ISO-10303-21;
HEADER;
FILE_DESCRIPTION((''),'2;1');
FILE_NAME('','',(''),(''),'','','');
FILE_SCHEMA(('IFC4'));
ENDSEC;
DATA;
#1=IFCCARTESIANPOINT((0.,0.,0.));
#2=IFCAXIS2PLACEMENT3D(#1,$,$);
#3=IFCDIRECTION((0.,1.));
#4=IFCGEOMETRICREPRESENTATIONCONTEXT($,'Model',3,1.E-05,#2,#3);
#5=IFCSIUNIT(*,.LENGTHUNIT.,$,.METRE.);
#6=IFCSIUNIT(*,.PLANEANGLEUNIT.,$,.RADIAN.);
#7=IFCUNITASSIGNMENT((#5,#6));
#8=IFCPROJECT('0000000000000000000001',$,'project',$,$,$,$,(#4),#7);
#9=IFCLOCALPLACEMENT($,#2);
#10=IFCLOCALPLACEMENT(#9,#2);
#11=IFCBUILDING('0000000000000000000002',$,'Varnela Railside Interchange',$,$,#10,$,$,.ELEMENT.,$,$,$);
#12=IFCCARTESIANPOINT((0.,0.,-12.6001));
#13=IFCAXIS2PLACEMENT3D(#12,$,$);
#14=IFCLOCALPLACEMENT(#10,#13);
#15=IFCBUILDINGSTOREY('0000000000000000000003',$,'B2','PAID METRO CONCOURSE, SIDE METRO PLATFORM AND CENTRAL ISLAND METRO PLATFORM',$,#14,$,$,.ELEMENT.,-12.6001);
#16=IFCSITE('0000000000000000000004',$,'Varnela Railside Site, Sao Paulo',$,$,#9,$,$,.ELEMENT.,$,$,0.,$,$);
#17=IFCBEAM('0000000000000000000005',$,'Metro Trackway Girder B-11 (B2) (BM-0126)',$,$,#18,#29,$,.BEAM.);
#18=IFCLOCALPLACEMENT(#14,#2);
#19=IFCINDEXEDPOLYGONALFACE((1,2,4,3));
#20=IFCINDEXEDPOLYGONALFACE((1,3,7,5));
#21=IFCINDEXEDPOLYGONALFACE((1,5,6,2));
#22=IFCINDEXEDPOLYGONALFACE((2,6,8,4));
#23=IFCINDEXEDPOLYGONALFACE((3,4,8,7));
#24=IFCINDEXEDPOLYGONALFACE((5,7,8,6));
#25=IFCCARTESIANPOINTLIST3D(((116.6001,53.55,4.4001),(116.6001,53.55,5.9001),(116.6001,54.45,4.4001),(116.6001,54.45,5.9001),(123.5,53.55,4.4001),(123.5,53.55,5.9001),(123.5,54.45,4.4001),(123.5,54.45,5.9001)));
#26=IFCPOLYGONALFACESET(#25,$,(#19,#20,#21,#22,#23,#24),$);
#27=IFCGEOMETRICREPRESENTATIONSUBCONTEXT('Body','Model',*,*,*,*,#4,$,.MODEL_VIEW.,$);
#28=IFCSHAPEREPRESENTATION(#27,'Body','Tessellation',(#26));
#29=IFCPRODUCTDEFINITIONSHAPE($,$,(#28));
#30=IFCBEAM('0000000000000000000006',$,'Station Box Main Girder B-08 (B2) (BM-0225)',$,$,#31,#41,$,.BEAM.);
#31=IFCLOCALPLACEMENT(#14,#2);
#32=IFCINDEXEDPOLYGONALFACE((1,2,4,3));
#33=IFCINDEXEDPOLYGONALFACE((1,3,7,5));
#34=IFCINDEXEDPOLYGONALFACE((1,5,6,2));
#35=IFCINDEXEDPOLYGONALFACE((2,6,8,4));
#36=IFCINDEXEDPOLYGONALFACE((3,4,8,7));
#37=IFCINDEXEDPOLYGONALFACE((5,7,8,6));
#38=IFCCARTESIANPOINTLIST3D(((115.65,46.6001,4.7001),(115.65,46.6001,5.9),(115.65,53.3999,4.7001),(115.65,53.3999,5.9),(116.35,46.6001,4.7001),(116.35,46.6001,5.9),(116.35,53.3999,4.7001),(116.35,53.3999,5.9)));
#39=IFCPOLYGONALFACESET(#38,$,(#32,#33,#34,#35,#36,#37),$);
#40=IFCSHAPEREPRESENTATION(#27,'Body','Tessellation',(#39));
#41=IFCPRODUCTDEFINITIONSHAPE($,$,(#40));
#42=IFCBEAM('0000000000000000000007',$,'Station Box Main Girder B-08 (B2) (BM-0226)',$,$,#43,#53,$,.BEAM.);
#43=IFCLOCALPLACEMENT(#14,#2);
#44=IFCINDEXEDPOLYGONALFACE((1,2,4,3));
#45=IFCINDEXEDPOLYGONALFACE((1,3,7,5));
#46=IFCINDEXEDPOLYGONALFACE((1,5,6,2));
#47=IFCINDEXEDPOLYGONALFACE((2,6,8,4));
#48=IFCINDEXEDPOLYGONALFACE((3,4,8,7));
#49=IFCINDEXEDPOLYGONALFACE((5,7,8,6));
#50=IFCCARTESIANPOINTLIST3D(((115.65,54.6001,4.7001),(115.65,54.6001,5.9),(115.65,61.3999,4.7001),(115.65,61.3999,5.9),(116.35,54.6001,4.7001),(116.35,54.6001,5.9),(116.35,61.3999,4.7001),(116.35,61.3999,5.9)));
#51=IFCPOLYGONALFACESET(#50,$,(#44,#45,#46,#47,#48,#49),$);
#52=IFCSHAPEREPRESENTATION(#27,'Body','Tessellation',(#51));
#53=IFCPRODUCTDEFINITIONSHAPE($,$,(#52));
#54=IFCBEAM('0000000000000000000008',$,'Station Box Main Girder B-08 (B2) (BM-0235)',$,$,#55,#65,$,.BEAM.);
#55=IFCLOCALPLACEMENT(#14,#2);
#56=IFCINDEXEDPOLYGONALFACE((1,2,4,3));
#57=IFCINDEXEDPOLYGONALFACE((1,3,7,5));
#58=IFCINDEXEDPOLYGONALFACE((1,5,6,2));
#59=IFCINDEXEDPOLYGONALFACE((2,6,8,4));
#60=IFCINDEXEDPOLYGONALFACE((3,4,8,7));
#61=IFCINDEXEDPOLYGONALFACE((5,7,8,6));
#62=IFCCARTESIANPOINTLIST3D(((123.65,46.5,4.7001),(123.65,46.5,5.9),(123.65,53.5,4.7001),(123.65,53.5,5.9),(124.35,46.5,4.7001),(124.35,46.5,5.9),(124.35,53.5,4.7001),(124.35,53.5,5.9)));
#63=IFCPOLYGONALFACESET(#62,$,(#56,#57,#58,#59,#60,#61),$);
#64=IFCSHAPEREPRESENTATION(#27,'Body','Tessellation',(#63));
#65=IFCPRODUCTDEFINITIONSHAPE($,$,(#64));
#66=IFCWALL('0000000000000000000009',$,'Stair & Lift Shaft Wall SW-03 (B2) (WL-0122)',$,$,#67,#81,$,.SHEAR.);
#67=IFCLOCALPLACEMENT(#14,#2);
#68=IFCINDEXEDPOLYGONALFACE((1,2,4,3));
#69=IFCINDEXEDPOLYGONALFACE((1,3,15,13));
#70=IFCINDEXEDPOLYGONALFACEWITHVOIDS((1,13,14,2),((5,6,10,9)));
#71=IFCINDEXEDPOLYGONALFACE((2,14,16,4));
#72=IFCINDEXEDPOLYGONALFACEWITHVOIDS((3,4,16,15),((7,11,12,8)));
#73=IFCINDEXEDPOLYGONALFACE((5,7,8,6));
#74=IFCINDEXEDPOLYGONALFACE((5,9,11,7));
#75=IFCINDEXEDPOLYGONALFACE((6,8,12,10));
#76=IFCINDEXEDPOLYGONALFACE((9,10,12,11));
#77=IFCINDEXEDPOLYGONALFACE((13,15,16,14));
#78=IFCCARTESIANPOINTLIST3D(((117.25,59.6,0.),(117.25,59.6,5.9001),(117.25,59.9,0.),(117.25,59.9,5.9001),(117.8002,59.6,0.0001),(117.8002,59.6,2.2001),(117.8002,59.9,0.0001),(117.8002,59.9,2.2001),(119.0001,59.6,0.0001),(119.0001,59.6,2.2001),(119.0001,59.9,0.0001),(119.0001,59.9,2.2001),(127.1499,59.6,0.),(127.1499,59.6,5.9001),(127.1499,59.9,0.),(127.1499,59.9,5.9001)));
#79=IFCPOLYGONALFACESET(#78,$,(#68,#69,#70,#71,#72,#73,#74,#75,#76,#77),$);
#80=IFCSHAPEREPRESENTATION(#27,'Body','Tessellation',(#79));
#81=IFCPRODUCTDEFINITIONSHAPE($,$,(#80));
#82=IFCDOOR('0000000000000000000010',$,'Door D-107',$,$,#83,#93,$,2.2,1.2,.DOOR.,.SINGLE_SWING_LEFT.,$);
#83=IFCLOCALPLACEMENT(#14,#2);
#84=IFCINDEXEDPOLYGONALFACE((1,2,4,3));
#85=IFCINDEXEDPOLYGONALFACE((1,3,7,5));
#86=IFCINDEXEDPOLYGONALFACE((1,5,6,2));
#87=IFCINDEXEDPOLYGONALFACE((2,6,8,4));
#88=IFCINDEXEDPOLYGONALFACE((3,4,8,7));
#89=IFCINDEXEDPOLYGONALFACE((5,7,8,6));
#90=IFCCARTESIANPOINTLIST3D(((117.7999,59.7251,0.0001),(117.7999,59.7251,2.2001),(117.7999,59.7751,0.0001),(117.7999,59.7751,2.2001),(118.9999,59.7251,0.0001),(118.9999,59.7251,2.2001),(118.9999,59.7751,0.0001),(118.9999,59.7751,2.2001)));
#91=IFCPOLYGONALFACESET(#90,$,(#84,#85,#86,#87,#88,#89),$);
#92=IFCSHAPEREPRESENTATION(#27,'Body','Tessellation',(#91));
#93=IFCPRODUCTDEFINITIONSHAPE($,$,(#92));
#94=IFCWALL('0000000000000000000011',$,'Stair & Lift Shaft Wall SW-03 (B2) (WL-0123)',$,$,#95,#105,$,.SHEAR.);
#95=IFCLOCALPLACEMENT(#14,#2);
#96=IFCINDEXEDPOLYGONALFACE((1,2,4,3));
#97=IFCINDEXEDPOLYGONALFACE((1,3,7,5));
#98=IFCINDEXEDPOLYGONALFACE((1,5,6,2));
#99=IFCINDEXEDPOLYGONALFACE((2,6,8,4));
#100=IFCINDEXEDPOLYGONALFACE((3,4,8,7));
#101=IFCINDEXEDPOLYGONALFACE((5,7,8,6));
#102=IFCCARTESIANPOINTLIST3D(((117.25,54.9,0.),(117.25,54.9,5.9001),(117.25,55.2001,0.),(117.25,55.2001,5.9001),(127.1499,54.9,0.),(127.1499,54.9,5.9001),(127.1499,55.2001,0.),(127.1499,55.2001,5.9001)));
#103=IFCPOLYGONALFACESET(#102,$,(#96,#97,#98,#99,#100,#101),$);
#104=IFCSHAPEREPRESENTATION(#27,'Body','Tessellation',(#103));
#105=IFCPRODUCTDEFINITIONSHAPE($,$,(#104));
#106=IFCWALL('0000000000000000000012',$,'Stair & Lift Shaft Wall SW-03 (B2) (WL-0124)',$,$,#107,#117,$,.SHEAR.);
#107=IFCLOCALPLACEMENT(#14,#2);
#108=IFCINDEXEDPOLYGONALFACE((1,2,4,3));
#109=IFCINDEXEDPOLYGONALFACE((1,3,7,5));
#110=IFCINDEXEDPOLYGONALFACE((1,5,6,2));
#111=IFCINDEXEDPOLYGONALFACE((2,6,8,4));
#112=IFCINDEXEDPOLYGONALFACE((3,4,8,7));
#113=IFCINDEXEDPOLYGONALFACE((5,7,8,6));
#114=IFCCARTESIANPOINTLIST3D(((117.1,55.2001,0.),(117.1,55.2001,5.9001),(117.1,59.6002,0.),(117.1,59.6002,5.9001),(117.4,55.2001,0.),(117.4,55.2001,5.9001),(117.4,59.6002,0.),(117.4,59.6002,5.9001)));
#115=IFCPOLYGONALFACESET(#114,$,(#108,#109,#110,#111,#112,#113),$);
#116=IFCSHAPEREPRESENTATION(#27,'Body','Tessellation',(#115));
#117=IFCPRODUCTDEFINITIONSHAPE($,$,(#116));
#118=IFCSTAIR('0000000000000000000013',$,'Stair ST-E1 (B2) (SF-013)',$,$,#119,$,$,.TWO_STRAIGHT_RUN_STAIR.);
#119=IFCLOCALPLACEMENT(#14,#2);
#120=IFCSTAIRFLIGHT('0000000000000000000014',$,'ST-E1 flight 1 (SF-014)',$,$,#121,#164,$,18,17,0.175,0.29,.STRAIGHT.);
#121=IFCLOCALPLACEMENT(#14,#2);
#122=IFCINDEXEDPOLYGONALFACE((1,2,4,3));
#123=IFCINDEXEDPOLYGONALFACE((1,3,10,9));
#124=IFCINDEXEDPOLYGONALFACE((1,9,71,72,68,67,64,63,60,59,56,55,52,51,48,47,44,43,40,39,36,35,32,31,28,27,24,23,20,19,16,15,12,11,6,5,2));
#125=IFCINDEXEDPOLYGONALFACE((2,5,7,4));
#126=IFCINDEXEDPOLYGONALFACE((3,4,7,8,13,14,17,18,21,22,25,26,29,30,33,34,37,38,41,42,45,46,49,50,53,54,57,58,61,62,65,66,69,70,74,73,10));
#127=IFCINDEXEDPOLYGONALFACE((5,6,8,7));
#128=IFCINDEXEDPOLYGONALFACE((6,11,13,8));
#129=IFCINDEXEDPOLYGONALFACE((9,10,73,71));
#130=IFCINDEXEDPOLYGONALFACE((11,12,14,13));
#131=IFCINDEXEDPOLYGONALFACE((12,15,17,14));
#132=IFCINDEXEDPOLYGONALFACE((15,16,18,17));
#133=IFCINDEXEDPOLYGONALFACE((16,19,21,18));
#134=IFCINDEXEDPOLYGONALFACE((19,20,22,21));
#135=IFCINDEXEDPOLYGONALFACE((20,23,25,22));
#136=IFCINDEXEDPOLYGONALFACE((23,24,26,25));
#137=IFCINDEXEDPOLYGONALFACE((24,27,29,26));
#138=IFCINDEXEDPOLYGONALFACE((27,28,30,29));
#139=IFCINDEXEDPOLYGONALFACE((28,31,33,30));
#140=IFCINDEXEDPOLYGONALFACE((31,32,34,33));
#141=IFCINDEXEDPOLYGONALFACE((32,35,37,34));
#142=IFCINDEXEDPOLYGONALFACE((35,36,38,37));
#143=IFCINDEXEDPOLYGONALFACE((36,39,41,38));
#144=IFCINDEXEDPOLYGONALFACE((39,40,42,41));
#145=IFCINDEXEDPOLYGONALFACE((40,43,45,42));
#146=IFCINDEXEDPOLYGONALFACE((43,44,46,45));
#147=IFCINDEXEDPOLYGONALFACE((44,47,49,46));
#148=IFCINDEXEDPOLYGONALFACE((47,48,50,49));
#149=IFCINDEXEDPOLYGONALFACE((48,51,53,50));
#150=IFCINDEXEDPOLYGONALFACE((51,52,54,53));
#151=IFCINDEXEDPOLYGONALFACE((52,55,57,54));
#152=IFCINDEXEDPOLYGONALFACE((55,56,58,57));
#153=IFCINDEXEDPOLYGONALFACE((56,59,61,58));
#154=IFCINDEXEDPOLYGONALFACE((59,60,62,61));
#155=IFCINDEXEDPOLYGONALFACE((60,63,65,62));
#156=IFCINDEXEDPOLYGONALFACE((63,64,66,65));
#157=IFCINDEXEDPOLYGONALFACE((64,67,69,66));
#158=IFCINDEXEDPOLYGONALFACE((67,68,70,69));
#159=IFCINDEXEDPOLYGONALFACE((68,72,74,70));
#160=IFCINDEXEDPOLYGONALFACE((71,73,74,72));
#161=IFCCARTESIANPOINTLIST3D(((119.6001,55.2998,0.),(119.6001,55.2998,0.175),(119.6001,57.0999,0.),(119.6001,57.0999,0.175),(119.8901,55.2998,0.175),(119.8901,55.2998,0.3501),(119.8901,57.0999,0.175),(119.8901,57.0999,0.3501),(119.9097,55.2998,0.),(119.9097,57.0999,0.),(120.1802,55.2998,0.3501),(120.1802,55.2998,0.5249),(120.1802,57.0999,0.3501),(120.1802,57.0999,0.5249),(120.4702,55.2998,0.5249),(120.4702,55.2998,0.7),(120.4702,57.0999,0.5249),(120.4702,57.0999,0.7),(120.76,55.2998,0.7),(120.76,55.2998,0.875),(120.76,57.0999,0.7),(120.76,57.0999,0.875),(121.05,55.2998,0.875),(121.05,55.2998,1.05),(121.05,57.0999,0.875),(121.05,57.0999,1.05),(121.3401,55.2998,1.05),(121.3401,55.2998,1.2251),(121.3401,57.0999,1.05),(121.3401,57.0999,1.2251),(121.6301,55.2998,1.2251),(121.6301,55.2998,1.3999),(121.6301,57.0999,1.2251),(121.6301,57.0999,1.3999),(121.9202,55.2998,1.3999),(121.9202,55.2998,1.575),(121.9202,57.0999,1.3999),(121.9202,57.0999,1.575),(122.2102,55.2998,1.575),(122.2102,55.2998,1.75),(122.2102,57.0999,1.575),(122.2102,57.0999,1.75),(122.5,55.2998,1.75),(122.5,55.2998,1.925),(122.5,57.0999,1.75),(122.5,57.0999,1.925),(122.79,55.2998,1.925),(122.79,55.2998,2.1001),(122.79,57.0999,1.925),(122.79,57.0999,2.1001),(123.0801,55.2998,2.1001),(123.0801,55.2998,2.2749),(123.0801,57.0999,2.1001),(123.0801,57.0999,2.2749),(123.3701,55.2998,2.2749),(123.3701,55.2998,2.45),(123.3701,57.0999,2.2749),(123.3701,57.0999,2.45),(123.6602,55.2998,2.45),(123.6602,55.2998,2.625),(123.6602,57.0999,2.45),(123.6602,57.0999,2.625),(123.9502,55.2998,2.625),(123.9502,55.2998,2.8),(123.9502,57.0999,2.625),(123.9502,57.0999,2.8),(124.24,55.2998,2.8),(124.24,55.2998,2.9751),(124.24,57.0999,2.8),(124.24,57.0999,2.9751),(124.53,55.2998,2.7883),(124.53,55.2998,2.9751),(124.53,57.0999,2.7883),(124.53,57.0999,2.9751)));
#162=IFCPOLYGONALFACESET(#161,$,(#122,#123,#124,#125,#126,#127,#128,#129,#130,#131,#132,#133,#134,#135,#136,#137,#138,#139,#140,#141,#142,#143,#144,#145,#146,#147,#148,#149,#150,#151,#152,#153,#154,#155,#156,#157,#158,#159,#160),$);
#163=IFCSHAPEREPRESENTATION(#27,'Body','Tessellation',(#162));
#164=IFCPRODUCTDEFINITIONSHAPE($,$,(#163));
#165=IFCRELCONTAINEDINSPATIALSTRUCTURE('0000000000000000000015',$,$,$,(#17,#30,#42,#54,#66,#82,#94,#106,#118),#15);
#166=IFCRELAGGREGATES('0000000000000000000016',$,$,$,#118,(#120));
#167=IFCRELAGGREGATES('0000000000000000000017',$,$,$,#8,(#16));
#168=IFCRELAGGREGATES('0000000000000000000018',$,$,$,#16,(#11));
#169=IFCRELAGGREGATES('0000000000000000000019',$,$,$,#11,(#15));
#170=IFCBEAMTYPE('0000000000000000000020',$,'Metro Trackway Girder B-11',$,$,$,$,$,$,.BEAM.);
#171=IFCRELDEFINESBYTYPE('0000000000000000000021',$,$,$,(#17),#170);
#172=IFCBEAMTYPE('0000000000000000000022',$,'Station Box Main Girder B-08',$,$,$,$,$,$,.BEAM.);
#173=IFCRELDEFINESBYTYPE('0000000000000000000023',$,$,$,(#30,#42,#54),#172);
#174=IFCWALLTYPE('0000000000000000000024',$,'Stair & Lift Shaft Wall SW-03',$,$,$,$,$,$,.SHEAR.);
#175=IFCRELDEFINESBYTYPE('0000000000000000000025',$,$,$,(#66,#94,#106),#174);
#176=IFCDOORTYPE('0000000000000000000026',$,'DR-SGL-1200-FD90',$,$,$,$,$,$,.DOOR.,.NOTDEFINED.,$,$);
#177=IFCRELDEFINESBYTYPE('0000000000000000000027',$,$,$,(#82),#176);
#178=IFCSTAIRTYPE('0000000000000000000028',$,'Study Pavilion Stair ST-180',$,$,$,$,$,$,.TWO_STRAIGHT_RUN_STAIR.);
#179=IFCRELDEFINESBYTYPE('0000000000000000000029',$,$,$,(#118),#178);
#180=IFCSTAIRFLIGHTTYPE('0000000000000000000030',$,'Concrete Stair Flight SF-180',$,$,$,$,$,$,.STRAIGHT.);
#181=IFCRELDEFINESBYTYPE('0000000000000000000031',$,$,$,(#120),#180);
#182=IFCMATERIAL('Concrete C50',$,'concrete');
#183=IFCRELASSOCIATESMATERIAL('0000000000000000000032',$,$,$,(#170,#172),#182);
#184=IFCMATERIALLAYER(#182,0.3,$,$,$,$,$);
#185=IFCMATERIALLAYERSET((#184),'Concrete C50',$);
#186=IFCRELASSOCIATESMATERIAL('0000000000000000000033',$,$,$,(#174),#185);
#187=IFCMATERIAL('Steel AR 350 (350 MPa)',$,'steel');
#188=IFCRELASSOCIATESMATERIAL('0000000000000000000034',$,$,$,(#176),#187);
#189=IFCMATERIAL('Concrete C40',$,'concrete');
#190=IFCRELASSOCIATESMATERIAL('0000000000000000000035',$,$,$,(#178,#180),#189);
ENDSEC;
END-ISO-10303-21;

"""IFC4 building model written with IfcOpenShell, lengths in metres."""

from ifc_helpers import new_model, si_unit, direction, frame, frame_2d, origin, origin_2d, place, context, subcontext, project, spatial, polyline, rectangle, outline, extrude, material, layer, layer_set, material_profile, profile_set, type_object, element, fill, aggregate, save


model = new_model("IFC4")

# Units and contexts
model_context = context("Model", 3, precision=1e-05, world=origin(), true_north=direction((0.0, 1.0)))
body_context = subcontext(model_context, "Body", "Model", "MODEL_VIEW")
ifc_project = project(units=[si_unit("LENGTHUNIT", "METRE"), si_unit("PLANEANGLEUNIT", "RADIAN")], contexts=[model_context])

# Site, building, storey
site_placement = place(None, origin())
site = spatial("IfcSite", under=ifc_project, at=site_placement, Name="Varnela Railside Site, Sao Paulo", CompositionType="ELEMENT", RefElevation=0.0)
building_placement = place(site_placement, origin())
building = spatial("IfcBuilding", under=site, at=building_placement, Name="Varnela Railside Interchange", CompositionType="ELEMENT")
storey_placement = place(building_placement, frame((0.0, 0.0, -12.6001)))
storey = spatial("IfcBuildingStorey", under=building, at=storey_placement, Name="B2", Description="PAID METRO CONCOURSE, SIDE METRO PLATFORM AND CENTRAL ISLAND METRO PLATFORM", CompositionType="ELEMENT", Elevation=-12.6001)

# Shared definitions
ifc_material_1 = material(Name="Concrete C40", Category="concrete")

# Shared definitions
ifc_material_2 = material(Name="Concrete C50", Category="concrete")

# Beams
ifc_material_profile_1 = material_profile(ifc_material_2, rectangle(XDim=0.8999, YDim=1.5, at=origin_2d()), Name="RC 900x1500")
ifc_profile_set_1 = profile_set([ifc_material_profile_1], Name="Concrete C50")
beam_type_1 = type_object("IfcBeamType", Name="Metro Trackway Girder B-11", PredefinedType="BEAM", material=ifc_profile_set_1)
beam_1_placement = place(storey_placement, frame((116.6001, 54.0, 5.1501), z_axis=(1.0, 0.0, 0.0), x_axis=(0.0, 1.0, 0.0)))
element("IfcBeam", 1, at=beam_1_placement, inside=storey, type_object=beam_type_1, Name="Metro Trackway Girder B-11 (B2) (BM-0126)", PredefinedType="BEAM", context=body_context, shape_type="SweptSolid", body=[
    extrude(rectangle(XDim=0.8999, YDim=1.5, at=origin_2d()), origin(), (0.0, 0.0, 1.0), 6.8999),
])
ifc_material_profile_2 = material_profile(ifc_material_2, rectangle(XDim=0.7, YDim=1.2, at=origin_2d()), Name="RC 700x1200")
ifc_profile_set_2 = profile_set([ifc_material_profile_2], Name="Concrete C50")
beam_type_2 = type_object("IfcBeamType", Name="Station Box Main Girder B-08", PredefinedType="BEAM", material=ifc_profile_set_2)
for number, where, z_axis, x_axis, name in (
    (2, (116.0, 46.6001, 5.3), (0.0, 1.0, 0.0), (-1.0, 0.0, 0.0), "Station Box Main Girder B-08 (B2) (BM-0225)"),
    (3, (116.0, 54.6001, 5.3), (0.0, 1.0, 0.0), (-1.0, 0.0, 0.0), "Station Box Main Girder B-08 (B2) (BM-0226)"),
):
    element("IfcBeam", number, at=place(storey_placement, frame(where, z_axis=z_axis, x_axis=x_axis)), inside=storey, type_object=beam_type_2, Name=name, PredefinedType="BEAM", context=body_context, shape_type="SweptSolid", body=[
        extrude(rectangle(XDim=0.7, YDim=1.2, at=origin_2d()), origin(), (0.0, 0.0, 1.0), 6.7998),
    ])
beam_2_placement = place(storey_placement, frame((124.0, 46.5, 5.3), z_axis=(0.0, 1.0, 0.0), x_axis=(-1.0, 0.0, 0.0)))
element("IfcBeam", 4, at=beam_2_placement, inside=storey, type_object=beam_type_2, Name="Station Box Main Girder B-08 (B2) (BM-0235)", PredefinedType="BEAM", context=body_context, shape_type="SweptSolid", body=[
    extrude(rectangle(XDim=0.7, YDim=1.2, at=origin_2d()), origin(), (0.0, 0.0, 1.0), 7.0),
])

# Wall, opening, door
ifc_layer = layer(ifc_material_2, 0.3)
ifc_layer_set = layer_set([ifc_layer], Name="Concrete C50")
wall_type = type_object("IfcWallType", Name="Stair & Lift Shaft Wall SW-03", PredefinedType="SHEAR", material=ifc_layer_set)
wall_1_placement = place(storey_placement, frame((117.25, 59.75, 0.0), z_axis=(0.0, 0.0, 1.0), x_axis=(1.0, 0.0, 0.0)))
wall_1 = element("IfcWall", 5, at=wall_1_placement, inside=storey, type_object=wall_type, Name="Stair & Lift Shaft Wall SW-03 (B2) (WL-0122)", PredefinedType="SHEAR", context=body_context, shape_type="SweptSolid", body=[
    extrude(rectangle(XDim=9.8999, YDim=0.3, at=frame_2d((4.95, 0.0))), origin(), (0.0, 0.0, 1.0), 5.9001),
])
opening_placement = place(wall_1_placement, frame((0.55, 0.0, 0.0)))
opening = element("IfcOpeningElement", 6, at=opening_placement, cuts=wall_1, PredefinedType="OPENING", context=body_context, shape_type="SweptSolid", body=[
    extrude(rectangle(XDim=1.2, YDim=2.2, at=frame_2d((0.6001, 1.1001))), frame((0.0, 0.1599, 0.0), z_axis=(0.0, -1.0, 0.0), x_axis=(1.0, 0.0, 0.0)), (0.0, 0.0, 1.0), 0.3201),
])
ifc_material_3 = material(Name="Steel AR 350 (350 MPa)", Category="steel")
door_type = type_object("IfcDoorType", Name="DR-SGL-1200-FD90", OperationType="NOTDEFINED", PredefinedType="DOOR", material=ifc_material_3)
door_placement = place(opening_placement, frame((1.2, 0.0, 0.0), z_axis=(0.0, 0.0, 1.0), x_axis=(-1.0, 0.0, 0.0)))
door = element("IfcDoor", 7, at=door_placement, inside=storey, type_object=door_type, Name="Door D-107", OperationType="SINGLE_SWING_LEFT", OverallHeight=2.2, OverallWidth=1.2, PredefinedType="DOOR", context=body_context, shape_type="SweptSolid", body=[
    extrude(rectangle(XDim=1.2, YDim=2.2, at=frame_2d((0.6001, 1.1001))), frame((0.0, 0.0249, 0.0), z_axis=(0.0, -1.0, 0.0), x_axis=(1.0, 0.0, 0.0)), (0.0, 0.0, 1.0), 0.05),
])
fill(opening, door)

# Walls
wall_2_placement = place(storey_placement, frame((117.25, 55.05, 0.0), z_axis=(0.0, 0.0, 1.0), x_axis=(1.0, 0.0, 0.0)))
element("IfcWall", 8, at=wall_2_placement, inside=storey, type_object=wall_type, Name="Stair & Lift Shaft Wall SW-03 (B2) (WL-0123)", PredefinedType="SHEAR", context=body_context, shape_type="SweptSolid", body=[
    extrude(rectangle(XDim=9.8999, YDim=0.3, at=frame_2d((4.95, 0.0))), origin(), (0.0, 0.0, 1.0), 5.9001),
])
wall_3_placement = place(storey_placement, frame((117.25, 55.2, 0.0), z_axis=(0.0, 0.0, 1.0), x_axis=(0.0, 1.0, 0.0)))
element("IfcWall", 9, at=wall_3_placement, inside=storey, type_object=wall_type, Name="Stair & Lift Shaft Wall SW-03 (B2) (WL-0124)", PredefinedType="SHEAR", context=body_context, shape_type="SweptSolid", body=[
    extrude(rectangle(XDim=4.4001, YDim=0.3, at=frame_2d((2.2002, 0.0))), origin(), (0.0, 0.0, 1.0), 5.9001),
])

# Stair, stair flight
stair_type = type_object("IfcStairType", Name="Study Pavilion Stair ST-180", PredefinedType="TWO_STRAIGHT_RUN_STAIR", material=ifc_material_1)
stair_placement = place(storey_placement, origin())
stair = element("IfcStair", 10, at=stair_placement, inside=storey, type_object=stair_type, Name="Stair ST-E1 (B2) (SF-013)", PredefinedType="TWO_STRAIGHT_RUN_STAIR")
stair_flight_type = type_object("IfcStairFlightType", Name="Concrete Stair Flight SF-180", PredefinedType="STRAIGHT", material=ifc_material_1)
stair_flight_placement = place(storey_placement, frame((119.6001, 56.2, 0.0), z_axis=(0.0, 0.0, 1.0), x_axis=(1.0, 0.0, 0.0)))
stair_flight = element("IfcStairFlight", 11, at=stair_flight_placement, type_object=stair_flight_type, Name="ST-E1 flight 1 (SF-014)", NumberOfRisers=18, NumberOfTreads=17, PredefinedType="STRAIGHT", RiserHeight=0.175, TreadLength=0.29, context=body_context, shape_type="SweptSolid", body=[
    extrude(outline(polyline([(0.0, 0.0), (0.0, 0.175), (0.29, 0.175), (0.29, 0.3501), (0.5801, 0.3501), (0.5801, 0.5249), (0.8701, 0.5249), (0.8701, 0.7), (1.1599, 0.7), (1.1599, 0.875), (1.45, 0.875), (1.45, 1.05), (1.74, 1.05), (1.74, 1.2251), (2.03, 1.2251), (2.03, 1.3999), (2.3201, 1.3999), (2.3201, 1.575), (2.6101, 1.575), (2.6101, 1.75), (2.8999, 1.75), (2.8999, 1.925), (3.1899, 1.925), (3.1899, 2.1001), (3.48, 2.1001), (3.48, 2.2749), (3.77, 2.2749), (3.77, 2.45), (4.0601, 2.45), (4.0601, 2.625), (4.3501, 2.625), (4.3501, 2.8), (4.6399, 2.8), (4.6399, 2.9751), (4.9299, 2.9751), (4.9299, 3.1499), (4.9299, 2.7883), (0.3096, 0.0), (0.0, 0.0)])), frame((0.0, 0.8999, 0.0), z_axis=(0.0, -1.0, 0.0), x_axis=(1.0, 0.0, 0.0)), (0.0, 0.0, 1.0), 1.8),
])
aggregate(stair, [stair_flight])

save(model, "model.ifc")
